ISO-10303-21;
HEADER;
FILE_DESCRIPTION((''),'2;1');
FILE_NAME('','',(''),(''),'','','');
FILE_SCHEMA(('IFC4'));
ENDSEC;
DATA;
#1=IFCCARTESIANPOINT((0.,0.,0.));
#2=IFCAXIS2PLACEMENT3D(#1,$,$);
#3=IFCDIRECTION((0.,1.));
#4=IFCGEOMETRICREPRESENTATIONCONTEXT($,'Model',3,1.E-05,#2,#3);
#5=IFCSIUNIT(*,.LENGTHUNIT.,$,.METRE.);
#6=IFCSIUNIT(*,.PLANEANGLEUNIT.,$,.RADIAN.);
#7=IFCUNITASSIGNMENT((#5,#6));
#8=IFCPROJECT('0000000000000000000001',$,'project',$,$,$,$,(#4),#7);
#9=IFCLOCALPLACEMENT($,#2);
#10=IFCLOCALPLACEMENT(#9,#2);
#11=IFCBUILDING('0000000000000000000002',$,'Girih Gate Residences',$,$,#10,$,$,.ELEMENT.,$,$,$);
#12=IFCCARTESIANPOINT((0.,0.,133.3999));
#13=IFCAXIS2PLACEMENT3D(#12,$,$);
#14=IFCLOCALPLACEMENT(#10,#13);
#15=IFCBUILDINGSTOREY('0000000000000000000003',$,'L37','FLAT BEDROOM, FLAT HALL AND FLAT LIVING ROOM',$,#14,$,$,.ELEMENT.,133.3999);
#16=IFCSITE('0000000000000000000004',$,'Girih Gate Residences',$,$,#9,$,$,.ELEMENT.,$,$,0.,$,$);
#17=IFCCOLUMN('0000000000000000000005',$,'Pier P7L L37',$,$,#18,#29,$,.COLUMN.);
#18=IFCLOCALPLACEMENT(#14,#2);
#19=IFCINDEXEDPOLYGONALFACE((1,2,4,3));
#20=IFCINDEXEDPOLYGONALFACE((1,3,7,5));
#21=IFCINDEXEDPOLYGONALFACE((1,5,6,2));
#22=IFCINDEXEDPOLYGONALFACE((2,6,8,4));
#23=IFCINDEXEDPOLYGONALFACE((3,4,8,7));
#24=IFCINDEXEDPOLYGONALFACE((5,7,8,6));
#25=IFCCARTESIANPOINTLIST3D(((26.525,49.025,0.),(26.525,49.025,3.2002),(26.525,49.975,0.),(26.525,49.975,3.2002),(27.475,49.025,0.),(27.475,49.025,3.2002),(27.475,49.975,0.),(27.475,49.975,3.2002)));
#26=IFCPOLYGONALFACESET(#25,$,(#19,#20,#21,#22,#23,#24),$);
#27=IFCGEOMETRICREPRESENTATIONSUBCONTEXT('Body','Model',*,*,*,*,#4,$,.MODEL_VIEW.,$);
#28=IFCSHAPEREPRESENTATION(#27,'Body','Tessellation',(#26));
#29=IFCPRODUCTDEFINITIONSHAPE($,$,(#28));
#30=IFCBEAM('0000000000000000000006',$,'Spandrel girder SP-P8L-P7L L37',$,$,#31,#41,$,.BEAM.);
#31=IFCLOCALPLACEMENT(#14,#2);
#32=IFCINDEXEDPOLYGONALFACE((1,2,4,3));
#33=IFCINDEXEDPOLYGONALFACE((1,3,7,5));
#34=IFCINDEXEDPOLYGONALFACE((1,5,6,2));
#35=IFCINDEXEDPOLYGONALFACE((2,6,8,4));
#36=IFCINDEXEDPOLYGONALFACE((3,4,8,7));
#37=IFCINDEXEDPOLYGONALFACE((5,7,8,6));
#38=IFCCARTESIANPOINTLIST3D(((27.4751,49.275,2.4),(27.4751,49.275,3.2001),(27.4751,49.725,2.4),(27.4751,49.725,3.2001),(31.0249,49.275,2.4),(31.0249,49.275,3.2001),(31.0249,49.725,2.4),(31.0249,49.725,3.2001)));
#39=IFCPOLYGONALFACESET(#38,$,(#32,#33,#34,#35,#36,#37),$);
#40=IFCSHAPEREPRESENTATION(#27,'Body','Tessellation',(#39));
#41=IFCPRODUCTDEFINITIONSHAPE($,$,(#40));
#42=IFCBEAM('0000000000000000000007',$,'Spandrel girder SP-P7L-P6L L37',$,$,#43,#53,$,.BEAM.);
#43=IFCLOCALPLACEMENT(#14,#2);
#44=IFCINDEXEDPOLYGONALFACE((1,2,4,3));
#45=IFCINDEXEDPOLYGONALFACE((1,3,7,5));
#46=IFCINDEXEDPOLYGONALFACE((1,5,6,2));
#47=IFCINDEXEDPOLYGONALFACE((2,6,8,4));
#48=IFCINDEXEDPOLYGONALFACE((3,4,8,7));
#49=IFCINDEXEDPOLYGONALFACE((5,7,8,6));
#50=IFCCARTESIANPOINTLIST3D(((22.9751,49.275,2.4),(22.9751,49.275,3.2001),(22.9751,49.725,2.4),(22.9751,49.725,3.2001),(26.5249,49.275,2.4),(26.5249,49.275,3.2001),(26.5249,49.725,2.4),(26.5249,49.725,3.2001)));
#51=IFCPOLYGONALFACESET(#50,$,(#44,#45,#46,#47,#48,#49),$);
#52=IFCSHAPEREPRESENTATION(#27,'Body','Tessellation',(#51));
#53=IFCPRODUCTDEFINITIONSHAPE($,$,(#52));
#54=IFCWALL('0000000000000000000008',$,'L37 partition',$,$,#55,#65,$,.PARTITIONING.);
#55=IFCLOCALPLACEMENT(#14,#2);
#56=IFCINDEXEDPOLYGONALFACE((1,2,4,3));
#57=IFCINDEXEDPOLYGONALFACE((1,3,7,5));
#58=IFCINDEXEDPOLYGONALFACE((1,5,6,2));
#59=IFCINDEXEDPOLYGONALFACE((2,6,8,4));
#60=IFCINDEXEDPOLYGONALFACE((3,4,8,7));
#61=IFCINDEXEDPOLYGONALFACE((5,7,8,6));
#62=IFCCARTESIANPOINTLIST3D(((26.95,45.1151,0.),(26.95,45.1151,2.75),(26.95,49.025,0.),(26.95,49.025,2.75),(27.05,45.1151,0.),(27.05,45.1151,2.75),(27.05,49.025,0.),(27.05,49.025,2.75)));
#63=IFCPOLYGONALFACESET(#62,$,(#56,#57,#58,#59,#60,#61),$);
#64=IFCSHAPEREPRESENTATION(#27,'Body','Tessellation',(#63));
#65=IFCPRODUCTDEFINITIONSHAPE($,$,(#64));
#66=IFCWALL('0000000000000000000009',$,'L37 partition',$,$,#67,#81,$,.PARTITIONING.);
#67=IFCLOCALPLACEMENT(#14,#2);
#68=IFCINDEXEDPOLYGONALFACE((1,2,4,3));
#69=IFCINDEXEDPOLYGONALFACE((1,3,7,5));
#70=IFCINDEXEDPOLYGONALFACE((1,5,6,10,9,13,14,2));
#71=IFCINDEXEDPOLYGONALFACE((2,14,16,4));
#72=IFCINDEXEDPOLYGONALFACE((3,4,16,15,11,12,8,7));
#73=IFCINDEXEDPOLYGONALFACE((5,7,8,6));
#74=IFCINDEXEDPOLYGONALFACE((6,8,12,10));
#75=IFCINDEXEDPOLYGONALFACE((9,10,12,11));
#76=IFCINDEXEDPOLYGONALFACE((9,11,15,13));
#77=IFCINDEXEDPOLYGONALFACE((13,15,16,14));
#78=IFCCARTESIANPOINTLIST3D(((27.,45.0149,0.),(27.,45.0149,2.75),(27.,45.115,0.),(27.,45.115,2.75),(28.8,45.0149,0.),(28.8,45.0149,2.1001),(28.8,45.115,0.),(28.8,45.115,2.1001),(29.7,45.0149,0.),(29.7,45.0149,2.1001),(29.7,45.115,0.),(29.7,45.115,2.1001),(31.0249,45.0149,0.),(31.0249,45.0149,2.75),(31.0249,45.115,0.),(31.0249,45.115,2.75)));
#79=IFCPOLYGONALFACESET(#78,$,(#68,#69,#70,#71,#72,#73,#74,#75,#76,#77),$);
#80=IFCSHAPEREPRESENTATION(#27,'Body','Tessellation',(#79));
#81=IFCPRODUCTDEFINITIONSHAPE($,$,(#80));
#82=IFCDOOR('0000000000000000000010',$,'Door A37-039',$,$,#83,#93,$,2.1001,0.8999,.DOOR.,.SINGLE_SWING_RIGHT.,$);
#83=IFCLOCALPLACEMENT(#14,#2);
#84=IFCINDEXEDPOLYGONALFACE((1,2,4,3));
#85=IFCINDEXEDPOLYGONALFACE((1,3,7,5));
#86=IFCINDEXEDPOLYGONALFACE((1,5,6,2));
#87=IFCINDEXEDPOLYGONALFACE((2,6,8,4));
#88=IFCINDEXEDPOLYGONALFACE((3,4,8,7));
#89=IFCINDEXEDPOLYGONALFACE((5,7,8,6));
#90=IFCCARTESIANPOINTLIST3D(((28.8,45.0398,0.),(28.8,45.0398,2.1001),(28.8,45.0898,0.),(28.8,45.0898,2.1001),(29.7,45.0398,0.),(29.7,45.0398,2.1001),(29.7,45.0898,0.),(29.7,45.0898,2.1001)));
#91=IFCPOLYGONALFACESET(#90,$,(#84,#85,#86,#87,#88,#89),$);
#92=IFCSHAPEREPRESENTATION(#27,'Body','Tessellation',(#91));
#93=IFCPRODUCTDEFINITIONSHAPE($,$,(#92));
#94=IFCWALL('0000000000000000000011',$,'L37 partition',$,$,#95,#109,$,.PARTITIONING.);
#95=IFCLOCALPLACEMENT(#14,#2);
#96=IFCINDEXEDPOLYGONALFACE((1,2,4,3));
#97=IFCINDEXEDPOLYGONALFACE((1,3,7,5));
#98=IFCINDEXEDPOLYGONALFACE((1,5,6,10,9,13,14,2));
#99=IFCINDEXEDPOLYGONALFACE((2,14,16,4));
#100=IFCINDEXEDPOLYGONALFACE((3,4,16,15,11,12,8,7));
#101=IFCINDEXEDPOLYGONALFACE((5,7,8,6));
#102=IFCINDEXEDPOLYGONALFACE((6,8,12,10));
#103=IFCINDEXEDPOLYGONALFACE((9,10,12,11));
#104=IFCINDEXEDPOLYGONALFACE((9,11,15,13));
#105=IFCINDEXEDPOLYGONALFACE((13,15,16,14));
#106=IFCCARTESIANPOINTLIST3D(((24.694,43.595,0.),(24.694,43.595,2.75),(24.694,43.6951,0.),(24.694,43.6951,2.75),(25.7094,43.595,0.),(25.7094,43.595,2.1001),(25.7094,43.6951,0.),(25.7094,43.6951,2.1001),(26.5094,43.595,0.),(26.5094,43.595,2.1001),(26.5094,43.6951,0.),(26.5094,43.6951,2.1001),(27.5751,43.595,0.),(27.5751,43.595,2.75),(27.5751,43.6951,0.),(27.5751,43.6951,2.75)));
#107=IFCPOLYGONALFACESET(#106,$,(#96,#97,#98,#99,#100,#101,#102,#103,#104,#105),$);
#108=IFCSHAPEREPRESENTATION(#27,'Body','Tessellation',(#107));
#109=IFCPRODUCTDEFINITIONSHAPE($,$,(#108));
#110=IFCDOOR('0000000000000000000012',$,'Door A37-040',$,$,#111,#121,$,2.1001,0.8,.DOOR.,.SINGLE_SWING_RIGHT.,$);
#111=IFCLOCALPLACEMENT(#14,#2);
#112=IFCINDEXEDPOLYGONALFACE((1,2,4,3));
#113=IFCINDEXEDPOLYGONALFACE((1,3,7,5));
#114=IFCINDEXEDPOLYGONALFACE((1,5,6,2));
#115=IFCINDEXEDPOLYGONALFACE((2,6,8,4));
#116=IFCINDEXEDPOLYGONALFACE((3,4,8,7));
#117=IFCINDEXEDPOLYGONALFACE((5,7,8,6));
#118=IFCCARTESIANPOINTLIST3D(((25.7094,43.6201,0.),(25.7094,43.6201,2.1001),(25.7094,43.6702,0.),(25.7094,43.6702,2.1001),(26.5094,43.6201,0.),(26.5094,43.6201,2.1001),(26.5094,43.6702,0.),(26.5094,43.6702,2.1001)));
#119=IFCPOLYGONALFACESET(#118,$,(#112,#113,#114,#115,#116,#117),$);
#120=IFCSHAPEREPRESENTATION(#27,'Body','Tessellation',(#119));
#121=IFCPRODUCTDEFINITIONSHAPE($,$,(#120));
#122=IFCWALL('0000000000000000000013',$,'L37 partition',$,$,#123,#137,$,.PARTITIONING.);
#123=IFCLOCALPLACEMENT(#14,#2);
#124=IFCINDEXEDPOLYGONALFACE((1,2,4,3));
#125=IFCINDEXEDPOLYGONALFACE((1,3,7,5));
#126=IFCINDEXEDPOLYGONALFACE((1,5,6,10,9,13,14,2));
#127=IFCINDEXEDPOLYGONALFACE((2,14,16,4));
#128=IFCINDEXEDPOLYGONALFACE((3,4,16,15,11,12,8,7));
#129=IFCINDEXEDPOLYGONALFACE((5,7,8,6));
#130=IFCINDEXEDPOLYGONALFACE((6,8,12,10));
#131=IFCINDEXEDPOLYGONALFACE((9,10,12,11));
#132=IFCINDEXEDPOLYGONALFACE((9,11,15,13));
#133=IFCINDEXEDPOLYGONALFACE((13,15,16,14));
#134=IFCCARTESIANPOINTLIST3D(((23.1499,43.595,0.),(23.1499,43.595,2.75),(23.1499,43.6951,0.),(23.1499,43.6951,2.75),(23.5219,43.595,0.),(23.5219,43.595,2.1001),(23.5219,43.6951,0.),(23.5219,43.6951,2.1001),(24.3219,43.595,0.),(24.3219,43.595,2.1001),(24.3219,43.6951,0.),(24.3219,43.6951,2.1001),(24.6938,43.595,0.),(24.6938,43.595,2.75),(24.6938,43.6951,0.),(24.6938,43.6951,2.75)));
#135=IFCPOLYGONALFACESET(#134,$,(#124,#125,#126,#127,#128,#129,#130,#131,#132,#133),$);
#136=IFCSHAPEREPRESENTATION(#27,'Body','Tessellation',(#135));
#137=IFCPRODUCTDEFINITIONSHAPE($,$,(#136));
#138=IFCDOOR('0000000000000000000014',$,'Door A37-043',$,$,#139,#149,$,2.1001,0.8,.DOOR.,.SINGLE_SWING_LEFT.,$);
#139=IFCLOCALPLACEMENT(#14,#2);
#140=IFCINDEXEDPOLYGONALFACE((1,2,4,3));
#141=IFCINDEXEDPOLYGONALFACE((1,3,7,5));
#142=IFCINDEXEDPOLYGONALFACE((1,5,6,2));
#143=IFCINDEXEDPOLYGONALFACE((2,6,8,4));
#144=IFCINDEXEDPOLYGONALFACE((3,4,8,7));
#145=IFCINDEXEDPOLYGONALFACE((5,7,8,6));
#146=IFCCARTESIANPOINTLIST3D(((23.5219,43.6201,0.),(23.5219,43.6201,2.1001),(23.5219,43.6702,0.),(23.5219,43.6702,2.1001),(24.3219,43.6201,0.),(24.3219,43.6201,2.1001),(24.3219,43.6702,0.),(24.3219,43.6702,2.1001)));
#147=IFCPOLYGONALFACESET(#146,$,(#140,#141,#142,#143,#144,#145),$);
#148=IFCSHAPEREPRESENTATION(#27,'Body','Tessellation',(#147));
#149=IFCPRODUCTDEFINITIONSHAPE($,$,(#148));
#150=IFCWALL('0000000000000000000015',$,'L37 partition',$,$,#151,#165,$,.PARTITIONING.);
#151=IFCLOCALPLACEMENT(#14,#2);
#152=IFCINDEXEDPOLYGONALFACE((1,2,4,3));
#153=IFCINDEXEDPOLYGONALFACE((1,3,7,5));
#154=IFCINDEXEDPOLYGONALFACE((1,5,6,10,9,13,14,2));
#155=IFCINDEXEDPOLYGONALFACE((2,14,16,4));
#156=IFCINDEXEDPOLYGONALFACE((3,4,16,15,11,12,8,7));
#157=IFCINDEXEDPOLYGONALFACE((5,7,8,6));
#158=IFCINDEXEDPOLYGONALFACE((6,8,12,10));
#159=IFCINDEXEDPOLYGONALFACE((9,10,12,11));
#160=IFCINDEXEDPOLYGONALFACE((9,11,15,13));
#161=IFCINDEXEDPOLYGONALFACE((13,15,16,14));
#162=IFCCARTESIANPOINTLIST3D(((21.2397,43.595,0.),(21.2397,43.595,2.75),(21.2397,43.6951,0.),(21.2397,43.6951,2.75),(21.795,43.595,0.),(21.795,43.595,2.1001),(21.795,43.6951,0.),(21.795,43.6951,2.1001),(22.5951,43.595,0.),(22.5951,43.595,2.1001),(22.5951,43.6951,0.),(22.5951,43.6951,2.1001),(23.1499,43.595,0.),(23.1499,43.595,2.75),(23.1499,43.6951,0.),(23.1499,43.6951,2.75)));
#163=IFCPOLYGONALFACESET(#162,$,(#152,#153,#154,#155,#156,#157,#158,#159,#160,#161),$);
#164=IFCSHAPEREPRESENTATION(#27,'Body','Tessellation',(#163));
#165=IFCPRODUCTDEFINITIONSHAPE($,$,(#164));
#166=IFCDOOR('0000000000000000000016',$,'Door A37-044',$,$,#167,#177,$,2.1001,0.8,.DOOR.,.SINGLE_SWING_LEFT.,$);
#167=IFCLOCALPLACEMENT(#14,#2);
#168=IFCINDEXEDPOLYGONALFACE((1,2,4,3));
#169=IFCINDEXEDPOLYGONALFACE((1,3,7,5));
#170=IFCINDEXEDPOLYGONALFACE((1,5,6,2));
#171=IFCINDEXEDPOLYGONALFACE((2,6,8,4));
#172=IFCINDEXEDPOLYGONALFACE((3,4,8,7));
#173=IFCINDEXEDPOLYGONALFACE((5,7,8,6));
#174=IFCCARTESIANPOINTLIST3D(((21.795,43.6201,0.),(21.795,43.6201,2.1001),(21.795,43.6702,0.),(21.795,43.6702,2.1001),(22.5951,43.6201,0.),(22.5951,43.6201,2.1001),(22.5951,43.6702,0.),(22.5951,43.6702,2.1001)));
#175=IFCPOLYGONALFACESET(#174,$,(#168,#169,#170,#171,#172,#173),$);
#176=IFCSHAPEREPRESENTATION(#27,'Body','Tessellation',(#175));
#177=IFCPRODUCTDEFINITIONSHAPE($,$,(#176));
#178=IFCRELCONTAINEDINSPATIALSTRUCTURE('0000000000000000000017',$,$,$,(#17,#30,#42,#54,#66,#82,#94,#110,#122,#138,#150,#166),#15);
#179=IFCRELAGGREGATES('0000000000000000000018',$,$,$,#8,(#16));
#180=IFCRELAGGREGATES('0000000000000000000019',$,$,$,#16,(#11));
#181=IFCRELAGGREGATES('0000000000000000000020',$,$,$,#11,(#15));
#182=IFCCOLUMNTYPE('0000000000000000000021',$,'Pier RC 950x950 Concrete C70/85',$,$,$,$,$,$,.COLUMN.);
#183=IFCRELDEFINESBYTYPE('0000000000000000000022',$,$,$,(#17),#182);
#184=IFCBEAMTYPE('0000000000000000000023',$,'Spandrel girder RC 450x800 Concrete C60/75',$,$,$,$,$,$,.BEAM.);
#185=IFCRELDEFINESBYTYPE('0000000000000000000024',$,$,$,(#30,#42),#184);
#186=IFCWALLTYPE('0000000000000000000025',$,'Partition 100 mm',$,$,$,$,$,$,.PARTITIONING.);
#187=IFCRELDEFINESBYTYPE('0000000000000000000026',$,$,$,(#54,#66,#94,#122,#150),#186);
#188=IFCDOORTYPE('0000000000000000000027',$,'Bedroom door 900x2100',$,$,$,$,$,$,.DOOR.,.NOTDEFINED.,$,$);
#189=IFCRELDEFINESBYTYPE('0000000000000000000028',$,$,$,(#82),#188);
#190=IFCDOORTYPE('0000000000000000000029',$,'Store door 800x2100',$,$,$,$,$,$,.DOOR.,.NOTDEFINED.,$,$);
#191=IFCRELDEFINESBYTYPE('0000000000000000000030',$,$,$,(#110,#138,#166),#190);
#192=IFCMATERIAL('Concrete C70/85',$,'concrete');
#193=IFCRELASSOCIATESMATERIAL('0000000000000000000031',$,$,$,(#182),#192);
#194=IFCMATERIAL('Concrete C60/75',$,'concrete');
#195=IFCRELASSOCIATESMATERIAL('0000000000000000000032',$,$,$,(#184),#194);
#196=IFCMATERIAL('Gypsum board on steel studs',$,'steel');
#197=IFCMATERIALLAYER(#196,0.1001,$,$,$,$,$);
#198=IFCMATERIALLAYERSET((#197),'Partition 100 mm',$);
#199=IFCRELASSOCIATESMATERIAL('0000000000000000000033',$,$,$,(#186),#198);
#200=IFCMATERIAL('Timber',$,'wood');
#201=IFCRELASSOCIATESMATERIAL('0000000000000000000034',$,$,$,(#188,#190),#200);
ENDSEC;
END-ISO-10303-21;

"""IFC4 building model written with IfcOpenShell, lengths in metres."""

from ifc_helpers import new_model, si_unit, direction, frame, frame_2d, origin, origin_2d, place, context, subcontext, project, spatial, rectangle, extrude, material, layer, layer_set, material_profile, profile_set, type_object, element, fill, save


model = new_model("IFC4")

# Units and contexts
model_context = context("Model", 3, precision=1e-05, world=origin(), true_north=direction((0.0, 1.0)))
body_context = subcontext(model_context, "Body", "Model", "MODEL_VIEW")
ifc_project = project(units=[si_unit("LENGTHUNIT", "METRE"), si_unit("PLANEANGLEUNIT", "RADIAN")], contexts=[model_context])

# Site, building, storey
site_placement = place(None, origin())
site = spatial("IfcSite", under=ifc_project, at=site_placement, Name="Girih Gate Residences", CompositionType="ELEMENT", RefElevation=0.0)
building_placement = place(site_placement, origin())
building = spatial("IfcBuilding", under=site, at=building_placement, Name="Girih Gate Residences", CompositionType="ELEMENT")
storey_placement = place(building_placement, frame((0.0, 0.0, 133.3999)))
storey = spatial("IfcBuildingStorey", under=building, at=storey_placement, Name="L37", Description="FLAT BEDROOM, FLAT HALL AND FLAT LIVING ROOM", CompositionType="ELEMENT", Elevation=133.3999)

# Column
ifc_material_1 = material(Name="Concrete C70/85", Category="concrete")
ifc_material_profile_1 = material_profile(ifc_material_1, rectangle(XDim=0.95, YDim=0.95, at=origin_2d()))
ifc_profile_set_1 = profile_set([ifc_material_profile_1], Name="Concrete C70/85")
column_type = type_object("IfcColumnType", Name="Pier RC 950x950 Concrete C70/85", PredefinedType="COLUMN", material=ifc_profile_set_1)
column_placement = place(storey_placement, frame((27.0, 49.5, 0.0), z_axis=(0.0, 0.0, 1.0), x_axis=(1.0, 0.0, 0.0)))
element("IfcColumn", 1, at=column_placement, inside=storey, type_object=column_type, Name="Pier P7L L37", PredefinedType="COLUMN", context=body_context, shape_type="SweptSolid", body=[
    extrude(rectangle(XDim=0.95, YDim=0.95, at=origin_2d()), origin(), (0.0, 0.0, 1.0), 3.2002),
])

# Beams
ifc_material_2 = material(Name="Concrete C60/75", Category="concrete")
ifc_material_profile_2 = material_profile(ifc_material_2, rectangle(XDim=0.45, YDim=0.8, at=origin_2d()))
ifc_profile_set_2 = profile_set([ifc_material_profile_2], Name="Concrete C60/75")
beam_type = type_object("IfcBeamType", Name="Spandrel girder RC 450x800 Concrete C60/75", PredefinedType="BEAM", material=ifc_profile_set_2)
for number, where, z_axis, x_axis, name in (
    (2, (31.0249, 49.5, 2.8), (-1.0, 0.0, 0.0), (0.0, -1.0, 0.0), "Spandrel girder SP-P8L-P7L L37"),
    (3, (26.5249, 49.5, 2.8), (-1.0, 0.0, 0.0), (0.0, -1.0, 0.0), "Spandrel girder SP-P7L-P6L L37"),
):
    element("IfcBeam", number, at=place(storey_placement, frame(where, z_axis=z_axis, x_axis=x_axis)), inside=storey, type_object=beam_type, Name=name, PredefinedType="BEAM", context=body_context, shape_type="SweptSolid", body=[
        extrude(rectangle(XDim=0.45, YDim=0.8, at=origin_2d()), origin(), (0.0, 0.0, 1.0), 3.5498),
    ])

# Wall
ifc_material_3 = material(Name="Gypsum board on steel studs", Category="steel")
ifc_layer_1 = layer(ifc_material_3, 0.1001)
ifc_layer_set_1 = layer_set([ifc_layer_1], Name="Partition 100 mm")
wall_type_1 = type_object("IfcWallType", Name="Partition 100 mm", PredefinedType="PARTITIONING", material=ifc_layer_set_1)
wall_1_placement = place(storey_placement, frame((27.0, 45.115, 0.0), z_axis=(0.0, 0.0, 1.0), x_axis=(0.0, 1.0, 0.0)))
element("IfcWall", 4, at=wall_1_placement, inside=storey, type_object=wall_type_1, Name="L37 partition", PredefinedType="PARTITIONING", context=body_context, shape_type="SweptSolid", body=[
    extrude(rectangle(XDim=3.9099, YDim=0.1001, at=frame_2d((1.9551, 0.0))), origin(), (0.0, 0.0, 1.0), 2.75),
])

# Walls, openings, doors
wall_2_placement = place(storey_placement, frame((27.0, 45.0649, 0.0), z_axis=(0.0, 0.0, 1.0), x_axis=(1.0, 0.0, 0.0)))
wall_2 = element("IfcWall", 5, at=wall_2_placement, inside=storey, type_object=wall_type_1, Name="L37 partition", PredefinedType="PARTITIONING", context=body_context, shape_type="SweptSolid", body=[
    extrude(rectangle(XDim=4.0249, YDim=0.1001, at=frame_2d((2.0125, 0.0))), origin(), (0.0, 0.0, 1.0), 2.75),
])
opening_1_placement = place(wall_2_placement, frame((1.8, 0.0, 0.0)))
opening_1 = element("IfcOpeningElement", 6, at=opening_1_placement, cuts=wall_2, PredefinedType="OPENING", context=body_context, shape_type="SweptSolid", body=[
    extrude(rectangle(XDim=0.8999, YDim=2.1001, at=frame_2d((0.45, 1.05))), frame((0.0, 0.0601, 0.0), z_axis=(0.0, -1.0, 0.0), x_axis=(1.0, 0.0, 0.0)), (0.0, 0.0, 1.0), 0.1201),
])
ifc_material_4 = material(Name="Timber", Category="wood")
door_type_1 = type_object("IfcDoorType", Name="Bedroom door 900x2100", OperationType="NOTDEFINED", PredefinedType="DOOR", material=ifc_material_4)
door_1_placement = place(opening_1_placement, origin())
door_1 = element("IfcDoor", 7, at=door_1_placement, inside=storey, type_object=door_type_1, Name="Door A37-039", OperationType="SINGLE_SWING_RIGHT", OverallHeight=2.1001, OverallWidth=0.8999, PredefinedType="DOOR", context=body_context, shape_type="SweptSolid", body=[
    extrude(rectangle(XDim=0.8999, YDim=2.1001, at=frame_2d((0.45, 1.05))), frame((0.0, 0.0249, 0.0), z_axis=(0.0, -1.0, 0.0), x_axis=(1.0, 0.0, 0.0)), (0.0, 0.0, 1.0), 0.05),
])
fill(opening_1, door_1)
wall_3_placement = place(storey_placement, frame((27.575, 43.645, 0.0), z_axis=(0.0, 0.0, 1.0), x_axis=(-1.0, 0.0, 0.0)))
wall_3 = element("IfcWall", 8, at=wall_3_placement, inside=storey, type_object=wall_type_1, Name="L37 partition", PredefinedType="PARTITIONING", context=body_context, shape_type="SweptSolid", body=[
    extrude(rectangle(XDim=2.8811, YDim=0.1001, at=frame_2d((1.4404, 0.0))), origin(), (0.0, 0.0, 1.0), 2.75),
])
opening_2_placement = place(wall_3_placement, frame((1.0657, 0.0, 0.0)))
opening_2 = element("IfcOpeningElement", 9, at=opening_2_placement, cuts=wall_3, PredefinedType="OPENING", context=body_context, shape_type="SweptSolid", body=[
    extrude(rectangle(XDim=0.8, YDim=2.1001, at=frame_2d((0.3999, 1.05))), frame((0.0, 0.0601, 0.0), z_axis=(0.0, -1.0, 0.0), x_axis=(1.0, 0.0, 0.0)), (0.0, 0.0, 1.0), 0.1201),
])
door_type_2 = type_object("IfcDoorType", Name="Store door 800x2100", OperationType="NOTDEFINED", PredefinedType="DOOR", material=ifc_material_4)
door_2_placement = place(opening_2_placement, origin())
door_2 = element("IfcDoor", 10, at=door_2_placement, inside=storey, type_object=door_type_2, Name="Door A37-040", OperationType="SINGLE_SWING_RIGHT", OverallHeight=2.1001, OverallWidth=0.8, PredefinedType="DOOR", context=body_context, shape_type="SweptSolid", body=[
    extrude(rectangle(XDim=0.8, YDim=2.1001, at=frame_2d((0.3999, 1.05))), frame((0.0, 0.0249, 0.0), z_axis=(0.0, -1.0, 0.0), x_axis=(1.0, 0.0, 0.0)), (0.0, 0.0, 1.0), 0.05),
])
fill(opening_2, door_2)
wall_4_placement = place(storey_placement, frame((24.6938, 43.645, 0.0), z_axis=(0.0, 0.0, 1.0), x_axis=(-1.0, 0.0, 0.0)))
wall_4 = element("IfcWall", 11, at=wall_4_placement, inside=storey, type_object=wall_type_1, Name="L37 partition", PredefinedType="PARTITIONING", context=body_context, shape_type="SweptSolid", body=[
    extrude(rectangle(XDim=1.5439, YDim=0.1001, at=frame_2d((0.772, 0.0))), origin(), (0.0, 0.0, 1.0), 2.75),
])
opening_3_placement = place(wall_4_placement, frame((0.3721, 0.0, 0.0)))
opening_3 = element("IfcOpeningElement", 12, at=opening_3_placement, cuts=wall_4, PredefinedType="OPENING", context=body_context, shape_type="SweptSolid", body=[
    extrude(rectangle(XDim=0.8, YDim=2.1001, at=frame_2d((0.3999, 1.05))), frame((0.0, 0.0601, 0.0), z_axis=(0.0, -1.0, 0.0), x_axis=(1.0, 0.0, 0.0)), (0.0, 0.0, 1.0), 0.1201),
])
door_3_placement = place(opening_3_placement, origin())
door_3 = element("IfcDoor", 13, at=door_3_placement, inside=storey, type_object=door_type_2, Name="Door A37-043", OperationType="SINGLE_SWING_LEFT", OverallHeight=2.1001, OverallWidth=0.8, PredefinedType="DOOR", context=body_context, shape_type="SweptSolid", body=[
    extrude(rectangle(XDim=0.8, YDim=2.1001, at=frame_2d((0.3999, 1.05))), frame((0.0, 0.0249, 0.0), z_axis=(0.0, -1.0, 0.0), x_axis=(1.0, 0.0, 0.0)), (0.0, 0.0, 1.0), 0.05),
])
fill(opening_3, door_3)
wall_5_placement = place(storey_placement, frame((23.1499, 43.645, 0.0), z_axis=(0.0, 0.0, 1.0), x_axis=(-1.0, 0.0, 0.0)))
wall_5 = element("IfcWall", 14, at=wall_5_placement, inside=storey, type_object=wall_type_1, Name="L37 partition", PredefinedType="PARTITIONING", context=body_context, shape_type="SweptSolid", body=[
    extrude(rectangle(XDim=1.9102, YDim=0.1001, at=frame_2d((0.9551, 0.0))), origin(), (0.0, 0.0, 1.0), 2.75),
])
opening_4_placement = place(wall_5_placement, frame((0.5549, 0.0, 0.0)))
opening_4 = element("IfcOpeningElement", 15, at=opening_4_placement, cuts=wall_5, PredefinedType="OPENING", context=body_context, shape_type="SweptSolid", body=[
    extrude(rectangle(XDim=0.8, YDim=2.1001, at=frame_2d((0.3999, 1.05))), frame((0.0, 0.0601, 0.0), z_axis=(0.0, -1.0, 0.0), x_axis=(1.0, 0.0, 0.0)), (0.0, 0.0, 1.0), 0.1201),
])
door_4_placement = place(opening_4_placement, origin())
door_4 = element("IfcDoor", 16, at=door_4_placement, inside=storey, type_object=door_type_2, Name="Door A37-044", OperationType="SINGLE_SWING_LEFT", OverallHeight=2.1001, OverallWidth=0.8, PredefinedType="DOOR", context=body_context, shape_type="SweptSolid", body=[
    extrude(rectangle(XDim=0.8, YDim=2.1001, at=frame_2d((0.3999, 1.05))), frame((0.0, 0.0249, 0.0), z_axis=(0.0, -1.0, 0.0), x_axis=(1.0, 0.0, 0.0)), (0.0, 0.0, 1.0), 0.05),
])
fill(opening_4, door_4)

save(model, "model.ifc")
